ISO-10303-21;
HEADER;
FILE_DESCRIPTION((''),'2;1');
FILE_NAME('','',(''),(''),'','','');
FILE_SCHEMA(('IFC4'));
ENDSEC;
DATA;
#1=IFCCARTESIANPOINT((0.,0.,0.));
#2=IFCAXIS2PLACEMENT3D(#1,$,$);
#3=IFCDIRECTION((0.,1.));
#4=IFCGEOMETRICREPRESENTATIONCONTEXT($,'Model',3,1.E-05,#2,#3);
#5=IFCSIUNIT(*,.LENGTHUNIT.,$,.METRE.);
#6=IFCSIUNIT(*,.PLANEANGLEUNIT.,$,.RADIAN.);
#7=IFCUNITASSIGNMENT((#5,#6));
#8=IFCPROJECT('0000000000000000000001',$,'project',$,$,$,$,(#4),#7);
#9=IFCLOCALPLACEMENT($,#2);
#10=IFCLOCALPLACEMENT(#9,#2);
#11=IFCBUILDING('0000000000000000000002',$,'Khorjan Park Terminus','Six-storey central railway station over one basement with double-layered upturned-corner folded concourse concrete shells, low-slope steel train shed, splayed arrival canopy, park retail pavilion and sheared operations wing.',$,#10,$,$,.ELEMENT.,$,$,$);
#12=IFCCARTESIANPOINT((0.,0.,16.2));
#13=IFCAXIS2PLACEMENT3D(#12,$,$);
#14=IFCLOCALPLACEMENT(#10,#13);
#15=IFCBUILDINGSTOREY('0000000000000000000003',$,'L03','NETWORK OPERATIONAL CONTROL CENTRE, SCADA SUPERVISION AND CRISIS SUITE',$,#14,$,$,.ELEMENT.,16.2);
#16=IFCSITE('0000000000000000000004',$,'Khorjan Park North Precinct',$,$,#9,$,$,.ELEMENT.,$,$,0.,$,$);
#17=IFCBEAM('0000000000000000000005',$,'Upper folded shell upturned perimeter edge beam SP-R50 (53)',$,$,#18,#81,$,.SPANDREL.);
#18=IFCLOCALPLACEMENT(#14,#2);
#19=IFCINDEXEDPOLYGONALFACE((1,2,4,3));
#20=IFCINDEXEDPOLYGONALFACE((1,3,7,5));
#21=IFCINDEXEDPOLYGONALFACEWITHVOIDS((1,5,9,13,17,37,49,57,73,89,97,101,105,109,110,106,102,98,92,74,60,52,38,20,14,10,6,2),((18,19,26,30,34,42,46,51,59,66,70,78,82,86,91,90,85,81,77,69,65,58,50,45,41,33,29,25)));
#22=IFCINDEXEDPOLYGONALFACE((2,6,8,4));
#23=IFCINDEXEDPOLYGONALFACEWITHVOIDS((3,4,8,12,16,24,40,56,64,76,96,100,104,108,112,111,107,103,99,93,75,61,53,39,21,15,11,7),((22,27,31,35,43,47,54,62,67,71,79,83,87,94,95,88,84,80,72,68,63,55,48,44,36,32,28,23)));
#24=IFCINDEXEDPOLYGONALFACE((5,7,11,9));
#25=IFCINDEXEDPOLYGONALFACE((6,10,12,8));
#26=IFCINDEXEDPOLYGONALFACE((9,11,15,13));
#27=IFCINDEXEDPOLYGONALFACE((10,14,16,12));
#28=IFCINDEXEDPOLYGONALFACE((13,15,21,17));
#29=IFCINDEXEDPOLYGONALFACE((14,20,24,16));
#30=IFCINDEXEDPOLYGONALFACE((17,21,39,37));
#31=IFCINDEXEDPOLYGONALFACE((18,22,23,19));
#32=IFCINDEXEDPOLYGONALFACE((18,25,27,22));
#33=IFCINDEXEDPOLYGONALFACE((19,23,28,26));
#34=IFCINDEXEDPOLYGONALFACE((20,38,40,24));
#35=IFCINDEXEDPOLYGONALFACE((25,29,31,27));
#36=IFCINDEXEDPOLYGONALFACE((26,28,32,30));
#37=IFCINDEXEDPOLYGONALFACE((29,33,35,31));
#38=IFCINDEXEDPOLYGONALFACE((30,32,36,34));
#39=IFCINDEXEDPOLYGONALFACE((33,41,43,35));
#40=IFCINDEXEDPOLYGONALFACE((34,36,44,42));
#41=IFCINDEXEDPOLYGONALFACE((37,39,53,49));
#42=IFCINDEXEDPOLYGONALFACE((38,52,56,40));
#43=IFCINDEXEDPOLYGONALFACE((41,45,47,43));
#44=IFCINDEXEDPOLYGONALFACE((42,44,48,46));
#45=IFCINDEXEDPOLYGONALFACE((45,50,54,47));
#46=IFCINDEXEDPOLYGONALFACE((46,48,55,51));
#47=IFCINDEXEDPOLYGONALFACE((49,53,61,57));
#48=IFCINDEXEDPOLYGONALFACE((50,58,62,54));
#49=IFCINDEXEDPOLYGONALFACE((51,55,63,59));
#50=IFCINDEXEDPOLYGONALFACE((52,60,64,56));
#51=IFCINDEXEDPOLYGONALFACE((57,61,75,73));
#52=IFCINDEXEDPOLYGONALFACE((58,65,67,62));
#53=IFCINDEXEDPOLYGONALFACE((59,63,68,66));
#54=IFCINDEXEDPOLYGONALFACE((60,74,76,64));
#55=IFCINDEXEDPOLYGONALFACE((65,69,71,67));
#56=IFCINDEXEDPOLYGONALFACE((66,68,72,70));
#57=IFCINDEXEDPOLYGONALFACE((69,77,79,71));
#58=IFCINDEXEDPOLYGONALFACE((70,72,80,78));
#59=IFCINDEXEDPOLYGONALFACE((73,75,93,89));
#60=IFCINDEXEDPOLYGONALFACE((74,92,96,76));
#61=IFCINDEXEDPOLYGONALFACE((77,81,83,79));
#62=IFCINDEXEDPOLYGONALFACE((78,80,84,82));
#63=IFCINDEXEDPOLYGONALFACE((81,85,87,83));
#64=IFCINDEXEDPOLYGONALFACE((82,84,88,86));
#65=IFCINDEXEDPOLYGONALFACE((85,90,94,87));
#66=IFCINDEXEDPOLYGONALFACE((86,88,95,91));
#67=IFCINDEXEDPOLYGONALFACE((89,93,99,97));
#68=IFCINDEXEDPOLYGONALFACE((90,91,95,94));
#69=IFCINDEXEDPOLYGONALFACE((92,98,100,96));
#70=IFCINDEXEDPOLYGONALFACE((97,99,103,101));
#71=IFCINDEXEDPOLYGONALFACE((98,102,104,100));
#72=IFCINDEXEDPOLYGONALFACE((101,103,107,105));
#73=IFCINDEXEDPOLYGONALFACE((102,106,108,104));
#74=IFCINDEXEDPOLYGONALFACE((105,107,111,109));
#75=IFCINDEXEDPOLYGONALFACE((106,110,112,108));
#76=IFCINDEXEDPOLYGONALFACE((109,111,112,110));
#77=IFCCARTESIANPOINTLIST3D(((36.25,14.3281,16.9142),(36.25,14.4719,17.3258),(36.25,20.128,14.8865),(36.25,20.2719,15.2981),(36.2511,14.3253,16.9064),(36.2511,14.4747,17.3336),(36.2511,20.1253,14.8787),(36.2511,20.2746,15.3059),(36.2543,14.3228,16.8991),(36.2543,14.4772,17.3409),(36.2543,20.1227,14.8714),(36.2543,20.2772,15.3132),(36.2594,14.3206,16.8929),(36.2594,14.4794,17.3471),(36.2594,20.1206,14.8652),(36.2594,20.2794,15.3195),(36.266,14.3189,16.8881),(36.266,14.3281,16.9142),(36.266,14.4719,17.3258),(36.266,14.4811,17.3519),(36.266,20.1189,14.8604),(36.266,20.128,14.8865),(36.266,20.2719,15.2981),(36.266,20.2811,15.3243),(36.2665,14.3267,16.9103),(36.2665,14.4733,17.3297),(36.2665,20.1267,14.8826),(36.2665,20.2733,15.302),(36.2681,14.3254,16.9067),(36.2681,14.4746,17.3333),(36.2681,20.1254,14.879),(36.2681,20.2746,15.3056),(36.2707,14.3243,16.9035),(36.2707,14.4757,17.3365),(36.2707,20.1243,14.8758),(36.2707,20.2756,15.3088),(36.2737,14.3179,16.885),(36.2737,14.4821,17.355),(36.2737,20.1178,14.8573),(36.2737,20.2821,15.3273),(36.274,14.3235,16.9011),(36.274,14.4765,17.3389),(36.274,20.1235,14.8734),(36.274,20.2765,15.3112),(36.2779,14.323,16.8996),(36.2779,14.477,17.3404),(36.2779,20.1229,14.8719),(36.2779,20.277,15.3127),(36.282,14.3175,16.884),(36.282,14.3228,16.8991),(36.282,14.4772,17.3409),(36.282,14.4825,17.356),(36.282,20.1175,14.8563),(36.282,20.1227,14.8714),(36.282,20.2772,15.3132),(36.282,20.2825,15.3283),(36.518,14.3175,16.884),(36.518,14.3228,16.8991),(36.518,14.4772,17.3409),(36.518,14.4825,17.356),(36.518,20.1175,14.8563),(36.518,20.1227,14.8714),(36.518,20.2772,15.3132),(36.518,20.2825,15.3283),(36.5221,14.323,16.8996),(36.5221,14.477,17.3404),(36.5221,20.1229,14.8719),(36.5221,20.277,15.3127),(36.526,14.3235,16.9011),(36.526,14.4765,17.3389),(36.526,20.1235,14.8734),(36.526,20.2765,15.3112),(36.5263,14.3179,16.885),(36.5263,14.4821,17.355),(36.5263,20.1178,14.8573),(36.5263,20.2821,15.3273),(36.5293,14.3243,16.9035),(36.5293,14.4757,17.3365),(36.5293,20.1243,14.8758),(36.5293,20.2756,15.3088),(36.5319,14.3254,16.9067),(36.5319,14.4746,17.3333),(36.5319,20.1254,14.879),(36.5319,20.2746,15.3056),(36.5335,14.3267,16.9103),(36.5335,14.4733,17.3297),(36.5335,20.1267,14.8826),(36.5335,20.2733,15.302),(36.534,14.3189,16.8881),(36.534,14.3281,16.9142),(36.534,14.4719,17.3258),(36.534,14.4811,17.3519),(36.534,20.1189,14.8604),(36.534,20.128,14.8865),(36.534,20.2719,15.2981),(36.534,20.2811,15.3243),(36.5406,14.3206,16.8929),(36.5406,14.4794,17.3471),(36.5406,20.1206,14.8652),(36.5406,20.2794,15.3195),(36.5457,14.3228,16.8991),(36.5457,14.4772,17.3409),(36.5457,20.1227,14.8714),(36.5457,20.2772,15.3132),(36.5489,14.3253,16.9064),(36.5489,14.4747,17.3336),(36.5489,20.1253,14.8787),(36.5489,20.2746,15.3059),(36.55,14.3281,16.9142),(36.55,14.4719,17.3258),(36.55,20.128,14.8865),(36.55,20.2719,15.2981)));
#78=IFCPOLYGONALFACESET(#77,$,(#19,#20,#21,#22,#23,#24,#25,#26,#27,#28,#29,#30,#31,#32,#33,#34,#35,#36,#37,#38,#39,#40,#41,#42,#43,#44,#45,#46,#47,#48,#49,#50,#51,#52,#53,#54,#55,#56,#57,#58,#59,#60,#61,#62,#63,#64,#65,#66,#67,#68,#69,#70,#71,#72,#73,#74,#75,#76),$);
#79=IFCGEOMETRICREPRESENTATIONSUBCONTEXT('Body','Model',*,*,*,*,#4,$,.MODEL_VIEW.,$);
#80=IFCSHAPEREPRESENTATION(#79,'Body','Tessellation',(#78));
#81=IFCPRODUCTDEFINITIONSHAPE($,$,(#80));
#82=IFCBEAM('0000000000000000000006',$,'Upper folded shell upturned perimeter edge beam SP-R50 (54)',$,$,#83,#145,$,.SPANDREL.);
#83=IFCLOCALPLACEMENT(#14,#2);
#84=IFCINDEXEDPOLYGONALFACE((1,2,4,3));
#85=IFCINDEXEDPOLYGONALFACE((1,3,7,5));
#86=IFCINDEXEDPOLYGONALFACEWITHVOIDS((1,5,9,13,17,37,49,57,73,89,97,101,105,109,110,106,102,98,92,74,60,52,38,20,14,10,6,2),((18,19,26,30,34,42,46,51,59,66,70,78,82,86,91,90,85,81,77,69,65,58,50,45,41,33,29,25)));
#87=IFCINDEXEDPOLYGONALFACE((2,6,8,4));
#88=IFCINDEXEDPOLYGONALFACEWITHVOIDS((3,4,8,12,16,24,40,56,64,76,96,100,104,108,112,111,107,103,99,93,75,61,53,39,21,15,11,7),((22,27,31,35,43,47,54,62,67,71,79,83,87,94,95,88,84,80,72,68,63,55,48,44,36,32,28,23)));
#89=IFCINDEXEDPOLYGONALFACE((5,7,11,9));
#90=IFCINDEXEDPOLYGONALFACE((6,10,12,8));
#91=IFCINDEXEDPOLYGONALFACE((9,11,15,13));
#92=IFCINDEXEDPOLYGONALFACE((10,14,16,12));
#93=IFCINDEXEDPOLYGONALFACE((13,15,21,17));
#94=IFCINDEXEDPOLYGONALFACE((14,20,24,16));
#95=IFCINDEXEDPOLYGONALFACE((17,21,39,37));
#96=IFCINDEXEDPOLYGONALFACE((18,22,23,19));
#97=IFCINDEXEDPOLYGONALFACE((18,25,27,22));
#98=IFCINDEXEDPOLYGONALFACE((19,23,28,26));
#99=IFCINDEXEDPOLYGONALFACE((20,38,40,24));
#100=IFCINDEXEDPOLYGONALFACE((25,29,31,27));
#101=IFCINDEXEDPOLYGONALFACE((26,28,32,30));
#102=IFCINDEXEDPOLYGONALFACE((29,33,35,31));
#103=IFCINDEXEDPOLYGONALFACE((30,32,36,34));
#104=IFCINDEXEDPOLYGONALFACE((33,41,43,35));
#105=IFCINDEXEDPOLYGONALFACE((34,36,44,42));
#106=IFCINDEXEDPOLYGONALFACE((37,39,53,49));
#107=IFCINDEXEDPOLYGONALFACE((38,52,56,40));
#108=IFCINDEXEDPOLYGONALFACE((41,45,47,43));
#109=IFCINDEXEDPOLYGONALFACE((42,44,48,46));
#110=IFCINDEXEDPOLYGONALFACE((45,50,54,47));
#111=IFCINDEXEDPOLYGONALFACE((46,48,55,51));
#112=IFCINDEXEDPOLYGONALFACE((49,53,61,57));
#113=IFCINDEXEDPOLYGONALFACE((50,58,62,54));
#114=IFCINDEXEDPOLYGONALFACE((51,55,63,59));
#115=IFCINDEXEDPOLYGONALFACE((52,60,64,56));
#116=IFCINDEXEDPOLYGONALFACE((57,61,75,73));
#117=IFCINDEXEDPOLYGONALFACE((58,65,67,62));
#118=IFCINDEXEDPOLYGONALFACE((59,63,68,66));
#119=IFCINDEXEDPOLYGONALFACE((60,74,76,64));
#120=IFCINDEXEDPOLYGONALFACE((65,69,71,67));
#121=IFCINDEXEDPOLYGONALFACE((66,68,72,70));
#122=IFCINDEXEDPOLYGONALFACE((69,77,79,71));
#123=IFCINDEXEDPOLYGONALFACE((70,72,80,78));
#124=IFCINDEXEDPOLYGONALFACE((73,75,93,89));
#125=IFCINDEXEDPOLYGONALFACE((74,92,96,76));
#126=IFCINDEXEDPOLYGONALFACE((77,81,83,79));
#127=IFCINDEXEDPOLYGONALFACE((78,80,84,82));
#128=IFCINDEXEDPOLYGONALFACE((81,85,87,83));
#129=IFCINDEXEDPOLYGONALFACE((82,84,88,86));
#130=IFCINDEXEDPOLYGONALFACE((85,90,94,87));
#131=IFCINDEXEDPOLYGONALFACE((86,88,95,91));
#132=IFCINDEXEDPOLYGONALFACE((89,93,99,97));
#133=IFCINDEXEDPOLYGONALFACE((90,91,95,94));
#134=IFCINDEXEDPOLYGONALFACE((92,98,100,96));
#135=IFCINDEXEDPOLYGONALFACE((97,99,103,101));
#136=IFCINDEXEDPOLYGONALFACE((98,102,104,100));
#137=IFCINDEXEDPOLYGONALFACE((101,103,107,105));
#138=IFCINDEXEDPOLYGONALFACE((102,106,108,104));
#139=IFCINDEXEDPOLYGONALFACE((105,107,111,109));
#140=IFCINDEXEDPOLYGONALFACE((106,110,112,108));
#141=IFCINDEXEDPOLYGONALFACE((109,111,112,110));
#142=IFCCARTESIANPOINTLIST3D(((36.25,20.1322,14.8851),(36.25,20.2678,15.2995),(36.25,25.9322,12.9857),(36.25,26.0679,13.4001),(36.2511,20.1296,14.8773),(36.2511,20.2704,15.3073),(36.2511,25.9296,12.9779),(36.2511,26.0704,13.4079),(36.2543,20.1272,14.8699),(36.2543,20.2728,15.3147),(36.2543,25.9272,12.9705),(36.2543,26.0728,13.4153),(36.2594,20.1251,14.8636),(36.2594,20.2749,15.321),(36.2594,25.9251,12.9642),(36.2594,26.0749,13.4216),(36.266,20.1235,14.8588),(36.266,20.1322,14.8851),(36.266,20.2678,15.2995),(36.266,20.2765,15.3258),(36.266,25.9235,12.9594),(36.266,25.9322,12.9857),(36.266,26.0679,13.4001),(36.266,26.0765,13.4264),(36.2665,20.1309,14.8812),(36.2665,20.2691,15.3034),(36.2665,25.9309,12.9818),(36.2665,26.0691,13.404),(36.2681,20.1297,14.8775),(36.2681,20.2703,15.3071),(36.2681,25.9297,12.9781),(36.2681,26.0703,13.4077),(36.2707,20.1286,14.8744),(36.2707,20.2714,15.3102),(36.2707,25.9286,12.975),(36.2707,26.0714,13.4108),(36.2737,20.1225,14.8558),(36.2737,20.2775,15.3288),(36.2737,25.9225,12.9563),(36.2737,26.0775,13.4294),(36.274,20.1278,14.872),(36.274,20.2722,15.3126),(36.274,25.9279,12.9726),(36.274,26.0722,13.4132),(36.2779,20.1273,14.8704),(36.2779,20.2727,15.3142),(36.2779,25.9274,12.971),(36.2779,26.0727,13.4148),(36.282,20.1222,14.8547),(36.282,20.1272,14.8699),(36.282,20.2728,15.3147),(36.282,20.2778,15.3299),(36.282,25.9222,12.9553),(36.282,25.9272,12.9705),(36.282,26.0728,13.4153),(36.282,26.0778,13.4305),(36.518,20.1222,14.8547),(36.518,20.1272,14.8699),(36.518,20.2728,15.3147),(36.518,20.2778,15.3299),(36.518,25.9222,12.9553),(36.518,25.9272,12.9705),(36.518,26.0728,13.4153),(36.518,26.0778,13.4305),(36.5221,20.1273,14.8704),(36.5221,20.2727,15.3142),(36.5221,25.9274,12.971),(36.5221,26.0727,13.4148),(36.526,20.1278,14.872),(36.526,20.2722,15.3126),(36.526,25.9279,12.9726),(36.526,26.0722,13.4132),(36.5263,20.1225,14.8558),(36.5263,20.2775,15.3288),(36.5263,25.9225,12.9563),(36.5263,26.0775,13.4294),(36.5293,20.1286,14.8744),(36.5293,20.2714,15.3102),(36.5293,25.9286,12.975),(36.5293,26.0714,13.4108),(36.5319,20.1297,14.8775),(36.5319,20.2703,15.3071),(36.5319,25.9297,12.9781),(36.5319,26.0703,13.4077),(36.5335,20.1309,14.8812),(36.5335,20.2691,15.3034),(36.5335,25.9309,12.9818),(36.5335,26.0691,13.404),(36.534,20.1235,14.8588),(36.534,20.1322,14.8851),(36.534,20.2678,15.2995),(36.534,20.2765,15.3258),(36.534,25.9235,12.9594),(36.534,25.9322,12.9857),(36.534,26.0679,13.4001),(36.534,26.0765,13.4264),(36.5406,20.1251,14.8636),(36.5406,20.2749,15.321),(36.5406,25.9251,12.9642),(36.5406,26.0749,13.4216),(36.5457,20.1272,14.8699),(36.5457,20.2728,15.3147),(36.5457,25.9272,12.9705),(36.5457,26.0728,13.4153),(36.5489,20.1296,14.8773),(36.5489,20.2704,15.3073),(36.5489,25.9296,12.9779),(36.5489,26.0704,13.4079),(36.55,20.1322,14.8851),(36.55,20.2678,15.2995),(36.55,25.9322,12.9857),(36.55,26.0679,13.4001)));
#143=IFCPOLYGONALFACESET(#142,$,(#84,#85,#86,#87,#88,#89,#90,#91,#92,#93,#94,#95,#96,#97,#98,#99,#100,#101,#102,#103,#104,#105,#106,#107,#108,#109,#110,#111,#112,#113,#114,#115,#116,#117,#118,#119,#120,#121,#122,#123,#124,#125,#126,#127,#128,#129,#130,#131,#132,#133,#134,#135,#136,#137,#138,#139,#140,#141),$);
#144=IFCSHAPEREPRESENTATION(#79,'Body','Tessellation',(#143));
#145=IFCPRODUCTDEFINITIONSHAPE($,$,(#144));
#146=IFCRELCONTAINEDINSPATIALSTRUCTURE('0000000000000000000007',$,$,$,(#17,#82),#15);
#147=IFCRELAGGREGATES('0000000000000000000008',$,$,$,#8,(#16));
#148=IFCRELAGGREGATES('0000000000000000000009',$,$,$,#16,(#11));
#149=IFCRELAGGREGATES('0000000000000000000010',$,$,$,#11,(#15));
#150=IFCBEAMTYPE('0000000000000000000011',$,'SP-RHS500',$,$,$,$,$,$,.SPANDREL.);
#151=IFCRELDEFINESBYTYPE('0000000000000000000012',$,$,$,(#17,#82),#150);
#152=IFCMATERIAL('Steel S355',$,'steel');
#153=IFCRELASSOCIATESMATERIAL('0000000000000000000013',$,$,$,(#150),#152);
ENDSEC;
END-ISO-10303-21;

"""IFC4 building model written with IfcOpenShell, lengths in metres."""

from ifc_helpers import new_model, si_unit, direction, frame, origin, origin_2d, place, context, subcontext, project, spatial, hollow_rectangle, extrude, material, material_profile, profile_set, type_object, element, save


model = new_model("IFC4")

# Units and contexts
model_context = context("Model", 3, precision=1e-05, world=origin(), true_north=direction((0.0, 1.0)))
body_context = subcontext(model_context, "Body", "Model", "MODEL_VIEW")
ifc_project = project(units=[si_unit("LENGTHUNIT", "METRE"), si_unit("PLANEANGLEUNIT", "RADIAN")], contexts=[model_context])

# Site, building, storey
site_placement = place(None, origin())
site = spatial("IfcSite", under=ifc_project, at=site_placement, Name="Khorjan Park North Precinct", CompositionType="ELEMENT", RefElevation=0.0)
building_placement = place(site_placement, origin())
building = spatial("IfcBuilding", under=site, at=building_placement, Name="Khorjan Park Terminus", Description="Six-storey central railway station over one basement with double-layered upturned-corner folded concourse concrete shells, low-slope steel train shed, splayed arrival canopy, park retail pavilion and sheared operations wing.", CompositionType="ELEMENT")
storey_placement = place(building_placement, frame((0.0, 0.0, 16.2)))
storey = spatial("IfcBuildingStorey", under=building, at=storey_placement, Name="L03", Description="NETWORK OPERATIONAL CONTROL CENTRE, SCADA SUPERVISION AND CRISIS SUITE", CompositionType="ELEMENT", Elevation=16.2)

# Shared definitions
ifc_material_1 = material(Name="Steel S355", Category="steel")

# Beams
ifc_material_profile_1 = material_profile(ifc_material_1, hollow_rectangle(XDim=0.3, YDim=0.5, WallThickness=0.016, InnerFilletRadius=0.016, OuterFilletRadius=0.032, at=origin_2d()), Name="RHS 500x300x16")
ifc_profile_set_1 = profile_set([ifc_material_profile_1], Name="Steel S355")
beam_type = type_object("IfcBeamType", Name="SP-RHS500", PredefinedType="SPANDREL", material=ifc_profile_set_1)
beam_1_placement = place(storey_placement, frame((36.4, 14.4, 17.12), z_axis=(0.0, 0.943975, -0.330017), x_axis=(-1.0, 0.0, 0.0)))
element("IfcBeam", 1, at=beam_1_placement, inside=storey, type_object=beam_type, Name="Upper folded shell upturned perimeter edge beam SP-R50 (53)", PredefinedType="SPANDREL", context=body_context, shape_type="SweptSolid", body=[
    extrude(hollow_rectangle(XDim=0.3, YDim=0.5, WallThickness=0.016, InnerFilletRadius=0.016, OuterFilletRadius=0.032, at=origin_2d()), origin(), (0.0, 0.0, 1.0), 6.1442),
])
beam_2_placement = place(storey_placement, frame((36.4, 20.2, 15.0923), z_axis=(0.0, 0.950338, -0.311219), x_axis=(-1.0, 0.0, 0.0)))
element("IfcBeam", 2, at=beam_2_placement, inside=storey, type_object=beam_type, Name="Upper folded shell upturned perimeter edge beam SP-R50 (54)", PredefinedType="SPANDREL", context=body_context, shape_type="SweptSolid", body=[
    extrude(hollow_rectangle(XDim=0.3, YDim=0.5, WallThickness=0.016, InnerFilletRadius=0.016, OuterFilletRadius=0.032, at=origin_2d()), origin(), (0.0, 0.0, 1.0), 6.1031),
])

save(model, "model.ifc")
